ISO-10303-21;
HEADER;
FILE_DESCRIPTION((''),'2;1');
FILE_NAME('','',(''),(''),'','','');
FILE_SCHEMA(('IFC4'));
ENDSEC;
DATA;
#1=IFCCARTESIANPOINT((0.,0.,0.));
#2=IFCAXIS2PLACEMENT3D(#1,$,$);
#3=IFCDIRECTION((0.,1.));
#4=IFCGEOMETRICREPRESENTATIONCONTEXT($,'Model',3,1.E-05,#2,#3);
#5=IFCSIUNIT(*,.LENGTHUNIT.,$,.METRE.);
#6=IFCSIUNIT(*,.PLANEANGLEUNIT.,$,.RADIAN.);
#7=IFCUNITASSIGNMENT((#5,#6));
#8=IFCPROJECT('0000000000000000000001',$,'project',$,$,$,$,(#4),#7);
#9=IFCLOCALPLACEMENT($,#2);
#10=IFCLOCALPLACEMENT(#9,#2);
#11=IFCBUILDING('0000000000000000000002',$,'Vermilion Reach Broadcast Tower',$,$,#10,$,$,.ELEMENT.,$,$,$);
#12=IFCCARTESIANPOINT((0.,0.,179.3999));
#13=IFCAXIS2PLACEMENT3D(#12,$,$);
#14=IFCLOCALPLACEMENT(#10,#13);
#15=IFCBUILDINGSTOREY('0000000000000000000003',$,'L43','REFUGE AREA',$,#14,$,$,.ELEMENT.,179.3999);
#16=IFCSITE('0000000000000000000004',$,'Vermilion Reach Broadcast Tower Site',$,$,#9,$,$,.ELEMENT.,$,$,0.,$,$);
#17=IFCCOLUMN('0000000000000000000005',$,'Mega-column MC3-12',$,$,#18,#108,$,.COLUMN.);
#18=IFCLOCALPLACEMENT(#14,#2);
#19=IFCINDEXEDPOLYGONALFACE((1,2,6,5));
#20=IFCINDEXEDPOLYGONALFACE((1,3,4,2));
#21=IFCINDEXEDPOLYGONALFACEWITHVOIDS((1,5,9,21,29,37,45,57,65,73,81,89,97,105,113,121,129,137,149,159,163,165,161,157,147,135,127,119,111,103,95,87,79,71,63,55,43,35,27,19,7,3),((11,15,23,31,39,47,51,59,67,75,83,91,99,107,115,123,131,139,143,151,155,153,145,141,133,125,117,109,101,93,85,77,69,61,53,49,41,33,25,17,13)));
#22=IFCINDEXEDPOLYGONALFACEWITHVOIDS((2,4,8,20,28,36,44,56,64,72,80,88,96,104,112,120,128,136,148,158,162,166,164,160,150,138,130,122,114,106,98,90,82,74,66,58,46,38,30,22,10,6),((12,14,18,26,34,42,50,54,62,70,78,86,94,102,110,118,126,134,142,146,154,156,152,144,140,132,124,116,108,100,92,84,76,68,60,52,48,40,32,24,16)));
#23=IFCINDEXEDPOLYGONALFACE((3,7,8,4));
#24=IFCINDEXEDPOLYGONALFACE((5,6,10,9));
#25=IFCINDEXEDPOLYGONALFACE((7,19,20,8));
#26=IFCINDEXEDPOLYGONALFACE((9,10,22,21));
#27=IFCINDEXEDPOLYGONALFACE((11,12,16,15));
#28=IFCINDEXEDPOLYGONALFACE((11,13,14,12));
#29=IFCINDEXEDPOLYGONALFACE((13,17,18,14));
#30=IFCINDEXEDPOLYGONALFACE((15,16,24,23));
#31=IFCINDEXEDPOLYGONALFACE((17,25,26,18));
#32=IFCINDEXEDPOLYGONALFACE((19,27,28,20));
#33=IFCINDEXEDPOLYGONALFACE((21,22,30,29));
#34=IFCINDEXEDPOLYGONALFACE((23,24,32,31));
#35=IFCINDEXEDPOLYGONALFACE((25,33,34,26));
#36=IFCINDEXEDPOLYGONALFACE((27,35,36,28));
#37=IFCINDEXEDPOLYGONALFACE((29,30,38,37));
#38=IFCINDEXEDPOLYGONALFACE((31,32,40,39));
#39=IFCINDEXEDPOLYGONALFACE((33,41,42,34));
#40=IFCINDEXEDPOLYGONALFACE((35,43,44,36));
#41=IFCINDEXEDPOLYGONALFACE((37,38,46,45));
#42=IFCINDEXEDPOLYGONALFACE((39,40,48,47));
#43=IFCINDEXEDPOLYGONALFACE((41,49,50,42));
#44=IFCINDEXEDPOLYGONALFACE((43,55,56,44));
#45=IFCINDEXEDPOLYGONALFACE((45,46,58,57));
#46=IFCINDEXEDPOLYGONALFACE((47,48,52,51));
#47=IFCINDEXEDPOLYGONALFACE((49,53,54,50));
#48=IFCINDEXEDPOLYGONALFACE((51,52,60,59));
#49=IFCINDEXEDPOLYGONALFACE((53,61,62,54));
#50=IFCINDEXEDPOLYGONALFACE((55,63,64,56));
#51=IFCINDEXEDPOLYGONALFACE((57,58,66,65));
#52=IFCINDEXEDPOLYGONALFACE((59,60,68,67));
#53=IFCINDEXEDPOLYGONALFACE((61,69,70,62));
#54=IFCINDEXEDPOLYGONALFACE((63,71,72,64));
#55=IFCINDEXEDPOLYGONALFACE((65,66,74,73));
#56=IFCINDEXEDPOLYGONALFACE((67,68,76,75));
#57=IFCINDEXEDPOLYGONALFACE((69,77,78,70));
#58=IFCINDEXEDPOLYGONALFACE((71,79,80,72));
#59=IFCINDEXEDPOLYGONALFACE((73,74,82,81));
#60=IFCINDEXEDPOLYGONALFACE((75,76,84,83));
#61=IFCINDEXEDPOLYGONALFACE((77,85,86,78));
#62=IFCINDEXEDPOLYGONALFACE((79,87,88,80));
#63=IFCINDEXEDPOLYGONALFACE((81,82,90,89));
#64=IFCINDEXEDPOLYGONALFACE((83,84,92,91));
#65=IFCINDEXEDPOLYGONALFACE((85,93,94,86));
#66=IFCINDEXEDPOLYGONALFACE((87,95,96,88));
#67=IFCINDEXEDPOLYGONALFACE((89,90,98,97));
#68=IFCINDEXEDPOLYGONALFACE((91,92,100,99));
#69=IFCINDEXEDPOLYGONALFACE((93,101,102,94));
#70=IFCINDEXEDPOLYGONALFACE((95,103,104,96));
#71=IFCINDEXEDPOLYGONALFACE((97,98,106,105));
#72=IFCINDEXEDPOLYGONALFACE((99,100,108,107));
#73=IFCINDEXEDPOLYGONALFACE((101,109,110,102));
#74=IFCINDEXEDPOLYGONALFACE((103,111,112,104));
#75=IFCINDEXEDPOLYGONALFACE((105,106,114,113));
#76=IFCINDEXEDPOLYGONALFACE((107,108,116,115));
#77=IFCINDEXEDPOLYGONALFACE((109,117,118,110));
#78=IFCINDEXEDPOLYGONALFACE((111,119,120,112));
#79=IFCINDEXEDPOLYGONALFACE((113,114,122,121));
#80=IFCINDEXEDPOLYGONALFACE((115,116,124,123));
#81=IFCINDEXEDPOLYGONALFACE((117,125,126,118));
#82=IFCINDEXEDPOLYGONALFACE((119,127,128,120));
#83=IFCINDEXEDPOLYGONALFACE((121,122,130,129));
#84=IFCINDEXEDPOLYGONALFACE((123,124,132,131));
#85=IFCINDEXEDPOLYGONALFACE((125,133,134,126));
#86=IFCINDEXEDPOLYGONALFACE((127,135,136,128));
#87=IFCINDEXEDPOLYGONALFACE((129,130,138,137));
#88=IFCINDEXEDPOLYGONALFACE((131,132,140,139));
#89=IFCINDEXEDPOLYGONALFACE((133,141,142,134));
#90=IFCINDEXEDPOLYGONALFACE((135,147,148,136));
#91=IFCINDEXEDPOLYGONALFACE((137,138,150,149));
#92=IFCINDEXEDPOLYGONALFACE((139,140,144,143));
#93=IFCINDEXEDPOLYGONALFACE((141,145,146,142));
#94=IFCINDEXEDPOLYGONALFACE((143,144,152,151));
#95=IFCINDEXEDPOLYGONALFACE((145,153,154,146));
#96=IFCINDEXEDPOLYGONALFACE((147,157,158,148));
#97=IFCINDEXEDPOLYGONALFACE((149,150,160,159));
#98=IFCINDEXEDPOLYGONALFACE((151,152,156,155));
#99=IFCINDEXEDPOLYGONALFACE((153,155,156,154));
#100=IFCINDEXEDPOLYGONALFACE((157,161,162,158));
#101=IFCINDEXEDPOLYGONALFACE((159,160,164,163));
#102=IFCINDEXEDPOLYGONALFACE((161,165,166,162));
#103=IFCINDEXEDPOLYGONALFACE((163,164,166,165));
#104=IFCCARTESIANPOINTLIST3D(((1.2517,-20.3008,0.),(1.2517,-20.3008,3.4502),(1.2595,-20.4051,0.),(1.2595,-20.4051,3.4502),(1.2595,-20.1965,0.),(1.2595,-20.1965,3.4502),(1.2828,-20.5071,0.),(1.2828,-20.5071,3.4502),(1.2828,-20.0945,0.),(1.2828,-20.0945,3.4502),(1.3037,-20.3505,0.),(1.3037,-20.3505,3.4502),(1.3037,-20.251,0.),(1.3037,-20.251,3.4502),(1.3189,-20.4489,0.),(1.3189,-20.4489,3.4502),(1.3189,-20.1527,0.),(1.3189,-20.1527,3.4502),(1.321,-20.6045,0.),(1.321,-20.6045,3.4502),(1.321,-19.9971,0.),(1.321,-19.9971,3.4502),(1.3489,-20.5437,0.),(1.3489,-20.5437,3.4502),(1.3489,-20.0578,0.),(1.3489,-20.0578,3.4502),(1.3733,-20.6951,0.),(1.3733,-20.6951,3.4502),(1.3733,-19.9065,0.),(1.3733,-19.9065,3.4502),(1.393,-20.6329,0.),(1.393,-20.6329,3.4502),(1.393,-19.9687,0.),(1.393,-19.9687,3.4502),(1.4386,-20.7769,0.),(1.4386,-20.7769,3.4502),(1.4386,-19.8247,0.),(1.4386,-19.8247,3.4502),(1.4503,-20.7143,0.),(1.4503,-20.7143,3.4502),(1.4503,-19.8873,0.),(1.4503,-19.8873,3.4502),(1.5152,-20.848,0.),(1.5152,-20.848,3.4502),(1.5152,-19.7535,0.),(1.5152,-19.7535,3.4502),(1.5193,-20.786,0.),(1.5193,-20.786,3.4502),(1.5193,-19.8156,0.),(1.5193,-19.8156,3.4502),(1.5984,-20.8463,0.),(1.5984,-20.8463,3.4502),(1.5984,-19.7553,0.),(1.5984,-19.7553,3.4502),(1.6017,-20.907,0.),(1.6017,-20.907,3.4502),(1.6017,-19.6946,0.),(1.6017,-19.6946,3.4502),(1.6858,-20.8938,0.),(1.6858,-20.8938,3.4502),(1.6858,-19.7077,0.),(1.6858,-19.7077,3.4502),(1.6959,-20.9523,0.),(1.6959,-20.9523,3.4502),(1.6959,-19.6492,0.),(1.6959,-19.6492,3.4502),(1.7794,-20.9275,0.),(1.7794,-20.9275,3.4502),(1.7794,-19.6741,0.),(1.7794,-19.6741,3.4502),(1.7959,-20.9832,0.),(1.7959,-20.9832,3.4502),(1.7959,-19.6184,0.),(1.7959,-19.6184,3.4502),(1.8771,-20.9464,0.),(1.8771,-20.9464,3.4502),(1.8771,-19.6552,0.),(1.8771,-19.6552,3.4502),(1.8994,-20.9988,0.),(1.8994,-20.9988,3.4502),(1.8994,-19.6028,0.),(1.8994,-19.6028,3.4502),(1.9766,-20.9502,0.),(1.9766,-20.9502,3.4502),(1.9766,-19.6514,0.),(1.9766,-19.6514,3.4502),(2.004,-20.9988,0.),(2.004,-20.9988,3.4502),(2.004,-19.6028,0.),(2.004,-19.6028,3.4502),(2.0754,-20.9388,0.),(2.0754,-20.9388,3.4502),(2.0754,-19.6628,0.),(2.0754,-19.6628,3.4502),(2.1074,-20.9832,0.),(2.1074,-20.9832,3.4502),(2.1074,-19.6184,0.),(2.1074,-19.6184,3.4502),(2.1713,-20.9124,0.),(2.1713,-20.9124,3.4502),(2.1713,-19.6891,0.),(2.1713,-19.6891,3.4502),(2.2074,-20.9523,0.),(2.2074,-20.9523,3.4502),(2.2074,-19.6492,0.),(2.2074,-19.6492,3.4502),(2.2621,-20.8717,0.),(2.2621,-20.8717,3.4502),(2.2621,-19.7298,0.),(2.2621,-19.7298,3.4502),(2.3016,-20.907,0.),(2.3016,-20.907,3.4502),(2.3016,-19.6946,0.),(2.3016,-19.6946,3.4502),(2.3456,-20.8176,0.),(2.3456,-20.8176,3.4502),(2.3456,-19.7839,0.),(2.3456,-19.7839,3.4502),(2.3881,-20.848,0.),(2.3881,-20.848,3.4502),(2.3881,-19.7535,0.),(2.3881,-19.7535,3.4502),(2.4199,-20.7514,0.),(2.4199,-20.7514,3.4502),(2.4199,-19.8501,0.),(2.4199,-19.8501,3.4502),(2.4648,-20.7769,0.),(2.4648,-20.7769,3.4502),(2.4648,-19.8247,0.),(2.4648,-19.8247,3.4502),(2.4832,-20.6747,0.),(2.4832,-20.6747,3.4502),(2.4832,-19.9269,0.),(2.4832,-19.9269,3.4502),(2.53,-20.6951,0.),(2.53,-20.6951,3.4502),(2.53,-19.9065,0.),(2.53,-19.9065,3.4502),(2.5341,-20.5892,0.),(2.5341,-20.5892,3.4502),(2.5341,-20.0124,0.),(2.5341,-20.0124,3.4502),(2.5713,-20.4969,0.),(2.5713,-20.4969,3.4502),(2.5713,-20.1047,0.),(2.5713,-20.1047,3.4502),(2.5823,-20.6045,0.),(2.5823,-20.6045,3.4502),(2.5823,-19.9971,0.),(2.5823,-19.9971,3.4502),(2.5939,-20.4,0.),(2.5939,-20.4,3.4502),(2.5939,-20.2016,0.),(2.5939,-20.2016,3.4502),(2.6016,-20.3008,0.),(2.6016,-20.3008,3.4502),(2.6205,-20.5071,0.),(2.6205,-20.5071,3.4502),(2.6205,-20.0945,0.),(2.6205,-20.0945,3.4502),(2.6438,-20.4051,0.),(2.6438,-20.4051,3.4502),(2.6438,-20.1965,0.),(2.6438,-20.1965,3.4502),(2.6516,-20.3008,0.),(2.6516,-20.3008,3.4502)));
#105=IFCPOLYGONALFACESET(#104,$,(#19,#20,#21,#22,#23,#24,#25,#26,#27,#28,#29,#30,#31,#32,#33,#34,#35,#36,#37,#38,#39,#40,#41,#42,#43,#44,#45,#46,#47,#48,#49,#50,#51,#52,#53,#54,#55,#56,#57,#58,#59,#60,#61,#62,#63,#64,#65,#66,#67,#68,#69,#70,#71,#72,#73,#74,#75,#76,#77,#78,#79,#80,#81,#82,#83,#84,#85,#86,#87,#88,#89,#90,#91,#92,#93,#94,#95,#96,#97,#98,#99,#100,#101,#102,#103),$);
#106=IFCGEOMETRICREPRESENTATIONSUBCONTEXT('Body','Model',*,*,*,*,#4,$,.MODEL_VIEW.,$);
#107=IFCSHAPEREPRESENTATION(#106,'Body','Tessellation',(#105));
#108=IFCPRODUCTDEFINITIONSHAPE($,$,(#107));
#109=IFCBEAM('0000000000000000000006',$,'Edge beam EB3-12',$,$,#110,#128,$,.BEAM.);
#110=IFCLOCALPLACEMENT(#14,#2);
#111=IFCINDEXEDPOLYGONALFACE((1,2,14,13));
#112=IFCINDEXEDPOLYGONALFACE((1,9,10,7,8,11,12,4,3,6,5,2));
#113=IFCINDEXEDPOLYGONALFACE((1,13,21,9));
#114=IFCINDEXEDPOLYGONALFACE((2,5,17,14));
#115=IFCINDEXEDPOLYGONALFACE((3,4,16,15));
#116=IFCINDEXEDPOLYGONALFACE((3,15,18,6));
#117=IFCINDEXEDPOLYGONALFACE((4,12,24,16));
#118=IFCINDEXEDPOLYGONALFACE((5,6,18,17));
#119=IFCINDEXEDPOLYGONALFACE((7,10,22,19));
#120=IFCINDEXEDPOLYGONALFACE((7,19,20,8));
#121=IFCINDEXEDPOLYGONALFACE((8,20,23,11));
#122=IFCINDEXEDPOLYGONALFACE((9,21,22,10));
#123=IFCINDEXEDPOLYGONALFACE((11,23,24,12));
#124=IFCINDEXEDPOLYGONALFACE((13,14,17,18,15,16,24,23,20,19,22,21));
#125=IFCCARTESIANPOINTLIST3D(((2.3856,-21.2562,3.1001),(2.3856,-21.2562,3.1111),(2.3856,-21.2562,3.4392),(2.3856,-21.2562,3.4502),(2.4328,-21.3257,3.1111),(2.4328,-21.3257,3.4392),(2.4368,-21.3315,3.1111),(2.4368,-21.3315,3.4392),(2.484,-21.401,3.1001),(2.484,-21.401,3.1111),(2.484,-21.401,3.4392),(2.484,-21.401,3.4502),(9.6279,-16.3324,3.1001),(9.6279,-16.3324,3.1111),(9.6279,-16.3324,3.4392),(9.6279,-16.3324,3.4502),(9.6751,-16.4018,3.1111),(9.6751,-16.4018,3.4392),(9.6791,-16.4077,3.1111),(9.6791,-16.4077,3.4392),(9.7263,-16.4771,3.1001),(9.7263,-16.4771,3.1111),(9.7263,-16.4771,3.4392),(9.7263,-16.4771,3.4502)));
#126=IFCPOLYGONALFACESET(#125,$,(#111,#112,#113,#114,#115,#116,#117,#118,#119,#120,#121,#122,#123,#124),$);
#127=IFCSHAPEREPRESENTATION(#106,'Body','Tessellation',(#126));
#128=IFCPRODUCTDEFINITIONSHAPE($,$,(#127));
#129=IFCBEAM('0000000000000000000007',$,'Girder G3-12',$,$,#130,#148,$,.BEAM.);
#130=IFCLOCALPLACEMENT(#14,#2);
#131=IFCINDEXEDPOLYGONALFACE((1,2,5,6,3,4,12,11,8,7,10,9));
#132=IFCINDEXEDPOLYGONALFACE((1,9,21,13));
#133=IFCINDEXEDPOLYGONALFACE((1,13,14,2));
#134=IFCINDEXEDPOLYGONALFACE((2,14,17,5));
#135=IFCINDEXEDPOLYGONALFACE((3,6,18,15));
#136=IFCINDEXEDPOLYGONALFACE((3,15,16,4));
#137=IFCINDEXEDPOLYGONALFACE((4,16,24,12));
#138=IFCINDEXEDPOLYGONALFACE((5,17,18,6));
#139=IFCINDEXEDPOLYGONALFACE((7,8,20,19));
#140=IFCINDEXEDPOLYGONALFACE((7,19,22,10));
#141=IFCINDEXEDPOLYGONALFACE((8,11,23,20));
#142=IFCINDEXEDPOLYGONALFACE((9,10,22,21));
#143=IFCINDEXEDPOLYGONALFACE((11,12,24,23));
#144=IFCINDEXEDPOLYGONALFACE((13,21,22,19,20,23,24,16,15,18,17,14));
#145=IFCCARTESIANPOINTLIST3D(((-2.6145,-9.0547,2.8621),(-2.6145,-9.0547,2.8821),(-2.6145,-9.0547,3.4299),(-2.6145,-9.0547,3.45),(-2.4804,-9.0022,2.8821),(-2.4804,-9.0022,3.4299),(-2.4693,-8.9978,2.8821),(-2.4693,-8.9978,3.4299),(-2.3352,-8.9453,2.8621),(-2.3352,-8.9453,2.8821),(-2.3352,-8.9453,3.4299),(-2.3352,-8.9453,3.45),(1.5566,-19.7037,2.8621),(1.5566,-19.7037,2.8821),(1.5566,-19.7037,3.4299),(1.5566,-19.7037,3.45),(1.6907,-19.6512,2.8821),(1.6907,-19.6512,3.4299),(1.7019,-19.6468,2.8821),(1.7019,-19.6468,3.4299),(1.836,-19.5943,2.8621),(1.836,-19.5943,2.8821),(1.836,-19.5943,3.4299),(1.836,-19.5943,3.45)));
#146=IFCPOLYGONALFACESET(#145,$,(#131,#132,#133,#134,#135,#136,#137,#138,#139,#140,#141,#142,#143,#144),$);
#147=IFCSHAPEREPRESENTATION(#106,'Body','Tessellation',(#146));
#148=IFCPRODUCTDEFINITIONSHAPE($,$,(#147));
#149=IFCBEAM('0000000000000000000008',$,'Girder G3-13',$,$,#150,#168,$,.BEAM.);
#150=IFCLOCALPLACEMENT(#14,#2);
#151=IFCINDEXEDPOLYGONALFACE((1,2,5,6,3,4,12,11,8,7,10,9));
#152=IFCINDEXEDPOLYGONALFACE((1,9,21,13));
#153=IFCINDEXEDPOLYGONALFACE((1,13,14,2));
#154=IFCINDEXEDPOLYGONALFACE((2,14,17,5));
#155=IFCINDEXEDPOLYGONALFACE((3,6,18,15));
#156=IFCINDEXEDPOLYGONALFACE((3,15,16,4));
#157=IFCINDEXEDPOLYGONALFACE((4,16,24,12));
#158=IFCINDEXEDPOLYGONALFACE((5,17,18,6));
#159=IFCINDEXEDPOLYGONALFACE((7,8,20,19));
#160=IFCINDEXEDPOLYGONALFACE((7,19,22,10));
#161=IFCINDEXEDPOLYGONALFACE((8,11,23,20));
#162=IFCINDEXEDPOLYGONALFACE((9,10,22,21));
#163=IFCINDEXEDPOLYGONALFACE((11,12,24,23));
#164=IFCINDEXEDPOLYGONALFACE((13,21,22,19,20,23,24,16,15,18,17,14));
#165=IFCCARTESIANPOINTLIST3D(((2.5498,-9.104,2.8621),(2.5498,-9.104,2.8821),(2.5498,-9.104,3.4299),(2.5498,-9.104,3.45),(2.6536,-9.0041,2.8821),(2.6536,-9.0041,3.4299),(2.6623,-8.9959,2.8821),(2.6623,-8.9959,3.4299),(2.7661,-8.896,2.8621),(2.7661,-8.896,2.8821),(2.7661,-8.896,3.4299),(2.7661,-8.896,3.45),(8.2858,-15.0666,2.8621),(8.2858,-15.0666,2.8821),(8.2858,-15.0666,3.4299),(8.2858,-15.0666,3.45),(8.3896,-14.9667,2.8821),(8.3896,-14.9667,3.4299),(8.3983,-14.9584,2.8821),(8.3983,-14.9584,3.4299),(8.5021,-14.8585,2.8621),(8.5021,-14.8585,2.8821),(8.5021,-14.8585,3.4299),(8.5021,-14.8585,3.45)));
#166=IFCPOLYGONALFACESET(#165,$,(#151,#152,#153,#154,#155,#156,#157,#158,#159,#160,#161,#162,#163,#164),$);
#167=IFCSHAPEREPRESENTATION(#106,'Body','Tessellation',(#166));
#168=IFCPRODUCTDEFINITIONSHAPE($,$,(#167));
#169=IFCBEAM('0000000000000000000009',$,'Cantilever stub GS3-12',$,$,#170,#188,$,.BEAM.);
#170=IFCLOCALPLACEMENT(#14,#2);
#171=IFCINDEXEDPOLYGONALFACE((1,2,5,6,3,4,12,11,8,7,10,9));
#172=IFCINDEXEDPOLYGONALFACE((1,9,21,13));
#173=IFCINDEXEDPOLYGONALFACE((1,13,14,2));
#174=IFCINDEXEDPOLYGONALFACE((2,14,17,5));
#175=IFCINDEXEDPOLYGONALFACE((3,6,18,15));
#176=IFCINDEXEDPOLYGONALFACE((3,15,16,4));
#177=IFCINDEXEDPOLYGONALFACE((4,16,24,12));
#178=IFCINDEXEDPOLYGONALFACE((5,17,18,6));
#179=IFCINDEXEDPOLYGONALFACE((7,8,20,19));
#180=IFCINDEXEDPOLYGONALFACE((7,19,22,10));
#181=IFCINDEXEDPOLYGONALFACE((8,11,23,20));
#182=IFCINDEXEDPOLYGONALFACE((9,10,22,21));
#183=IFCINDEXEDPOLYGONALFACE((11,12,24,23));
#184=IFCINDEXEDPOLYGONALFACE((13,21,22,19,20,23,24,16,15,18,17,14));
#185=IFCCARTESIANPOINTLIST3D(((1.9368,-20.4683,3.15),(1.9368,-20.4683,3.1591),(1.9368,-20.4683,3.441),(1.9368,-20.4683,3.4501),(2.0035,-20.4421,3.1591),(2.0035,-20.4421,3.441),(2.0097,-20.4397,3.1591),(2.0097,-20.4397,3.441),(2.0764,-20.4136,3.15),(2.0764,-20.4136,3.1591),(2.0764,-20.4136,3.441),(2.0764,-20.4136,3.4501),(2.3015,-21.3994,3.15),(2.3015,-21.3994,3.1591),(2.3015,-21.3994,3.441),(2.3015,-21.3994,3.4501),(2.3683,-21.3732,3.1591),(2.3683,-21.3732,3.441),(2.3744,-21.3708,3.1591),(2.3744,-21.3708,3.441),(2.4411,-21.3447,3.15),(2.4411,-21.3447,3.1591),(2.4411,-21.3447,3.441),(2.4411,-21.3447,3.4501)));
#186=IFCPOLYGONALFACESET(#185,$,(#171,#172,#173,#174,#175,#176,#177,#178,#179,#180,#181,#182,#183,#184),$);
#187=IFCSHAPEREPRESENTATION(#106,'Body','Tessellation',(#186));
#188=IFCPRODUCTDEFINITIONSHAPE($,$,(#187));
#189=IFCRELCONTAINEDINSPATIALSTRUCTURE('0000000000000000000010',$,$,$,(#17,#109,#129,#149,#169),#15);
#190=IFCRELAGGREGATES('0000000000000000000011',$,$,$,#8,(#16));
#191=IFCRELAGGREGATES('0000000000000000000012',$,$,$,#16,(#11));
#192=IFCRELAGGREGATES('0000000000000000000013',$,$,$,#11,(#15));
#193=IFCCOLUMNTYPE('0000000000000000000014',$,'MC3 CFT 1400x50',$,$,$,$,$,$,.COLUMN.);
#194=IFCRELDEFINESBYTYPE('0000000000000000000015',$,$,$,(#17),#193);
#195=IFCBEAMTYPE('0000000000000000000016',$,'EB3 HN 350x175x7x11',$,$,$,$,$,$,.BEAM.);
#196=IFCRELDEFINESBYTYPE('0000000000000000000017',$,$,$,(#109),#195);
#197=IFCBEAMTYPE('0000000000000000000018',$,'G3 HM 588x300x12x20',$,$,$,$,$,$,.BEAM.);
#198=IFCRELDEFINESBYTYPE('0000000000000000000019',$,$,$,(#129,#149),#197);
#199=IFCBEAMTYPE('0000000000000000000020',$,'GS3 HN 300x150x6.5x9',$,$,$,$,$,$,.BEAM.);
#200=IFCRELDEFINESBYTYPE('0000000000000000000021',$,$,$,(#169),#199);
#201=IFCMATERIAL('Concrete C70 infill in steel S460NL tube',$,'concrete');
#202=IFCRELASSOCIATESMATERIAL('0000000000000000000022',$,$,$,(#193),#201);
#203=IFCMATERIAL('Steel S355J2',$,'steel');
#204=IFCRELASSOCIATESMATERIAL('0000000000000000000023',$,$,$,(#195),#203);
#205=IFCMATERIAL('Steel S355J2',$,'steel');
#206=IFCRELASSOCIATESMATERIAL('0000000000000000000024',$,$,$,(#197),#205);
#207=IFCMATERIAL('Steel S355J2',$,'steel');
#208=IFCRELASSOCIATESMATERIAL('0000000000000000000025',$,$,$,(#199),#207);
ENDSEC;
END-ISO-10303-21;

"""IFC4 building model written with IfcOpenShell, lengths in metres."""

from ifc_helpers import new_model, si_unit, direction, frame, origin, origin_2d, place, context, subcontext, project, spatial, hollow_circle, i_section, extrude, material, material_profile, profile_set, type_object, element, save


model = new_model("IFC4")

# Units and contexts
model_context = context("Model", 3, precision=1e-05, world=origin(), true_north=direction((0.0, 1.0)))
body_context = subcontext(model_context, "Body", "Model", "MODEL_VIEW")
ifc_project = project(units=[si_unit("LENGTHUNIT", "METRE"), si_unit("PLANEANGLEUNIT", "RADIAN")], contexts=[model_context])

# Site, building, storey
site_placement = place(None, origin())
site = spatial("IfcSite", under=ifc_project, at=site_placement, Name="Vermilion Reach Broadcast Tower Site", CompositionType="ELEMENT", RefElevation=0.0)
building_placement = place(site_placement, origin())
building = spatial("IfcBuilding", under=site, at=building_placement, Name="Vermilion Reach Broadcast Tower", CompositionType="ELEMENT")
storey_placement = place(building_placement, frame((0.0, 0.0, 179.3999)))
storey = spatial("IfcBuildingStorey", under=building, at=storey_placement, Name="L43", Description="REFUGE AREA", CompositionType="ELEMENT", Elevation=179.3999)

# Column
ifc_material_1 = material(Name="Concrete C70 infill in steel S460NL tube", Category="concrete")
ifc_material_profile_1 = material_profile(ifc_material_1, hollow_circle(Radius=0.7, WallThickness=0.05, at=origin_2d()), Name="Concrete C70 infill in steel S460NL tube CFT 1400x50")
ifc_profile_set_1 = profile_set([ifc_material_profile_1], Name="Concrete C70 infill in steel S460NL tube")
column_type = type_object("IfcColumnType", Name="MC3 CFT 1400x50", PredefinedType="COLUMN", material=ifc_profile_set_1)
column_placement = place(storey_placement, frame((1.9517, -20.3008, 0.0), z_axis=(0.0, 0.0, 1.0), x_axis=(1.0, 0.0, 0.0)))
element("IfcColumn", 1, at=column_placement, inside=storey, type_object=column_type, Name="Mega-column MC3-12", PredefinedType="COLUMN", context=body_context, shape_type="SweptSolid", body=[
    extrude(hollow_circle(Radius=0.7, WallThickness=0.05, at=origin_2d()), origin(), (0.0, 0.0, 1.0), 3.4502),
])

# Beams
ifc_material_2 = material(Name="Steel S355J2", Category="steel")
ifc_material_profile_2 = material_profile(ifc_material_2, i_section(OverallWidth=0.175, OverallDepth=0.3501, WebThickness=0.0071, FlangeThickness=0.011, at=origin_2d()), Name="S355J2 HN 350x175x7x11")
ifc_profile_set_2 = profile_set([ifc_material_profile_2], Name="Steel S355J2")
beam_type_1 = type_object("IfcBeamType", Name="EB3 HN 350x175x7x11", PredefinedType="BEAM", material=ifc_profile_set_2)
beam_1_placement = place(storey_placement, frame((2.4348, -21.3286, 3.2751), z_axis=(0.826972, 0.562243, 0.0), x_axis=(-0.562243, 0.826972, 0.0)))
element("IfcBeam", 2, at=beam_1_placement, inside=storey, type_object=beam_type_1, Name="Edge beam EB3-12", PredefinedType="BEAM", context=body_context, shape_type="SweptSolid", body=[
    extrude(i_section(OverallWidth=0.175, OverallDepth=0.3501, WebThickness=0.0071, FlangeThickness=0.011, at=origin_2d()), origin(), (0.0, 0.0, 1.0), 8.7576),
])
ifc_material_3 = material(Name="Steel S355J2", Category="steel")
ifc_material_profile_3 = material_profile(ifc_material_3, i_section(OverallWidth=0.3, OverallDepth=0.5879, WebThickness=0.012, FlangeThickness=0.02, at=origin_2d()), Name="S355J2 HM 588x300x12x20")
ifc_profile_set_3 = profile_set([ifc_material_profile_3], Name="Steel S355J2")
beam_type_2 = type_object("IfcBeamType", Name="G3 HM 588x300x12x20", PredefinedType="BEAM", material=ifc_profile_set_3)
beam_2_placement = place(storey_placement, frame((-2.4749, -9.0, 3.156), z_axis=(0.364716, -0.931119, 0.0), x_axis=(0.931119, 0.364716, 0.0)))
element("IfcBeam", 3, at=beam_2_placement, inside=storey, type_object=beam_type_2, Name="Girder G3-12", PredefinedType="BEAM", context=body_context, shape_type="SweptSolid", body=[
    extrude(i_section(OverallWidth=0.3, OverallDepth=0.5879, WebThickness=0.012, FlangeThickness=0.02, at=origin_2d()), origin(), (0.0, 0.0, 1.0), 11.4368),
])
beam_3_placement = place(storey_placement, frame((2.658, -9.0, 3.156), z_axis=(0.693283, -0.720666, 0.0), x_axis=(0.720666, 0.693283, 0.0)))
element("IfcBeam", 4, at=beam_3_placement, inside=storey, type_object=beam_type_2, Name="Girder G3-13", PredefinedType="BEAM", context=body_context, shape_type="SweptSolid", body=[
    extrude(i_section(OverallWidth=0.3, OverallDepth=0.5879, WebThickness=0.012, FlangeThickness=0.02, at=origin_2d()), origin(), (0.0, 0.0, 1.0), 8.2737),
])
ifc_material_4 = material(Name="Steel S355J2", Category="steel")
ifc_material_profile_4 = material_profile(ifc_material_4, i_section(OverallWidth=0.1499, OverallDepth=0.3, WebThickness=0.0066, FlangeThickness=0.009, at=origin_2d()), Name="S355J2 HN 300x150x6.5x9")
ifc_profile_set_4 = profile_set([ifc_material_profile_4], Name="Steel S355J2")
beam_type_3 = type_object("IfcBeamType", Name="GS3 HN 300x150x6.5x9", PredefinedType="BEAM", material=ifc_profile_set_4)
beam_4_placement = place(storey_placement, frame((2.0066, -20.4409, 3.3), z_axis=(0.364731, -0.931113, 0.0), x_axis=(0.931113, 0.364731, 0.0)))
element("IfcBeam", 5, at=beam_4_placement, inside=storey, type_object=beam_type_3, Name="Cantilever stub GS3-12", PredefinedType="BEAM", context=body_context, shape_type="SweptSolid", body=[
    extrude(i_section(OverallWidth=0.1499, OverallDepth=0.3, WebThickness=0.0066, FlangeThickness=0.009, at=origin_2d()), origin(), (0.0, 0.0, 1.0), 1.0),
])

save(model, "model.ifc")
